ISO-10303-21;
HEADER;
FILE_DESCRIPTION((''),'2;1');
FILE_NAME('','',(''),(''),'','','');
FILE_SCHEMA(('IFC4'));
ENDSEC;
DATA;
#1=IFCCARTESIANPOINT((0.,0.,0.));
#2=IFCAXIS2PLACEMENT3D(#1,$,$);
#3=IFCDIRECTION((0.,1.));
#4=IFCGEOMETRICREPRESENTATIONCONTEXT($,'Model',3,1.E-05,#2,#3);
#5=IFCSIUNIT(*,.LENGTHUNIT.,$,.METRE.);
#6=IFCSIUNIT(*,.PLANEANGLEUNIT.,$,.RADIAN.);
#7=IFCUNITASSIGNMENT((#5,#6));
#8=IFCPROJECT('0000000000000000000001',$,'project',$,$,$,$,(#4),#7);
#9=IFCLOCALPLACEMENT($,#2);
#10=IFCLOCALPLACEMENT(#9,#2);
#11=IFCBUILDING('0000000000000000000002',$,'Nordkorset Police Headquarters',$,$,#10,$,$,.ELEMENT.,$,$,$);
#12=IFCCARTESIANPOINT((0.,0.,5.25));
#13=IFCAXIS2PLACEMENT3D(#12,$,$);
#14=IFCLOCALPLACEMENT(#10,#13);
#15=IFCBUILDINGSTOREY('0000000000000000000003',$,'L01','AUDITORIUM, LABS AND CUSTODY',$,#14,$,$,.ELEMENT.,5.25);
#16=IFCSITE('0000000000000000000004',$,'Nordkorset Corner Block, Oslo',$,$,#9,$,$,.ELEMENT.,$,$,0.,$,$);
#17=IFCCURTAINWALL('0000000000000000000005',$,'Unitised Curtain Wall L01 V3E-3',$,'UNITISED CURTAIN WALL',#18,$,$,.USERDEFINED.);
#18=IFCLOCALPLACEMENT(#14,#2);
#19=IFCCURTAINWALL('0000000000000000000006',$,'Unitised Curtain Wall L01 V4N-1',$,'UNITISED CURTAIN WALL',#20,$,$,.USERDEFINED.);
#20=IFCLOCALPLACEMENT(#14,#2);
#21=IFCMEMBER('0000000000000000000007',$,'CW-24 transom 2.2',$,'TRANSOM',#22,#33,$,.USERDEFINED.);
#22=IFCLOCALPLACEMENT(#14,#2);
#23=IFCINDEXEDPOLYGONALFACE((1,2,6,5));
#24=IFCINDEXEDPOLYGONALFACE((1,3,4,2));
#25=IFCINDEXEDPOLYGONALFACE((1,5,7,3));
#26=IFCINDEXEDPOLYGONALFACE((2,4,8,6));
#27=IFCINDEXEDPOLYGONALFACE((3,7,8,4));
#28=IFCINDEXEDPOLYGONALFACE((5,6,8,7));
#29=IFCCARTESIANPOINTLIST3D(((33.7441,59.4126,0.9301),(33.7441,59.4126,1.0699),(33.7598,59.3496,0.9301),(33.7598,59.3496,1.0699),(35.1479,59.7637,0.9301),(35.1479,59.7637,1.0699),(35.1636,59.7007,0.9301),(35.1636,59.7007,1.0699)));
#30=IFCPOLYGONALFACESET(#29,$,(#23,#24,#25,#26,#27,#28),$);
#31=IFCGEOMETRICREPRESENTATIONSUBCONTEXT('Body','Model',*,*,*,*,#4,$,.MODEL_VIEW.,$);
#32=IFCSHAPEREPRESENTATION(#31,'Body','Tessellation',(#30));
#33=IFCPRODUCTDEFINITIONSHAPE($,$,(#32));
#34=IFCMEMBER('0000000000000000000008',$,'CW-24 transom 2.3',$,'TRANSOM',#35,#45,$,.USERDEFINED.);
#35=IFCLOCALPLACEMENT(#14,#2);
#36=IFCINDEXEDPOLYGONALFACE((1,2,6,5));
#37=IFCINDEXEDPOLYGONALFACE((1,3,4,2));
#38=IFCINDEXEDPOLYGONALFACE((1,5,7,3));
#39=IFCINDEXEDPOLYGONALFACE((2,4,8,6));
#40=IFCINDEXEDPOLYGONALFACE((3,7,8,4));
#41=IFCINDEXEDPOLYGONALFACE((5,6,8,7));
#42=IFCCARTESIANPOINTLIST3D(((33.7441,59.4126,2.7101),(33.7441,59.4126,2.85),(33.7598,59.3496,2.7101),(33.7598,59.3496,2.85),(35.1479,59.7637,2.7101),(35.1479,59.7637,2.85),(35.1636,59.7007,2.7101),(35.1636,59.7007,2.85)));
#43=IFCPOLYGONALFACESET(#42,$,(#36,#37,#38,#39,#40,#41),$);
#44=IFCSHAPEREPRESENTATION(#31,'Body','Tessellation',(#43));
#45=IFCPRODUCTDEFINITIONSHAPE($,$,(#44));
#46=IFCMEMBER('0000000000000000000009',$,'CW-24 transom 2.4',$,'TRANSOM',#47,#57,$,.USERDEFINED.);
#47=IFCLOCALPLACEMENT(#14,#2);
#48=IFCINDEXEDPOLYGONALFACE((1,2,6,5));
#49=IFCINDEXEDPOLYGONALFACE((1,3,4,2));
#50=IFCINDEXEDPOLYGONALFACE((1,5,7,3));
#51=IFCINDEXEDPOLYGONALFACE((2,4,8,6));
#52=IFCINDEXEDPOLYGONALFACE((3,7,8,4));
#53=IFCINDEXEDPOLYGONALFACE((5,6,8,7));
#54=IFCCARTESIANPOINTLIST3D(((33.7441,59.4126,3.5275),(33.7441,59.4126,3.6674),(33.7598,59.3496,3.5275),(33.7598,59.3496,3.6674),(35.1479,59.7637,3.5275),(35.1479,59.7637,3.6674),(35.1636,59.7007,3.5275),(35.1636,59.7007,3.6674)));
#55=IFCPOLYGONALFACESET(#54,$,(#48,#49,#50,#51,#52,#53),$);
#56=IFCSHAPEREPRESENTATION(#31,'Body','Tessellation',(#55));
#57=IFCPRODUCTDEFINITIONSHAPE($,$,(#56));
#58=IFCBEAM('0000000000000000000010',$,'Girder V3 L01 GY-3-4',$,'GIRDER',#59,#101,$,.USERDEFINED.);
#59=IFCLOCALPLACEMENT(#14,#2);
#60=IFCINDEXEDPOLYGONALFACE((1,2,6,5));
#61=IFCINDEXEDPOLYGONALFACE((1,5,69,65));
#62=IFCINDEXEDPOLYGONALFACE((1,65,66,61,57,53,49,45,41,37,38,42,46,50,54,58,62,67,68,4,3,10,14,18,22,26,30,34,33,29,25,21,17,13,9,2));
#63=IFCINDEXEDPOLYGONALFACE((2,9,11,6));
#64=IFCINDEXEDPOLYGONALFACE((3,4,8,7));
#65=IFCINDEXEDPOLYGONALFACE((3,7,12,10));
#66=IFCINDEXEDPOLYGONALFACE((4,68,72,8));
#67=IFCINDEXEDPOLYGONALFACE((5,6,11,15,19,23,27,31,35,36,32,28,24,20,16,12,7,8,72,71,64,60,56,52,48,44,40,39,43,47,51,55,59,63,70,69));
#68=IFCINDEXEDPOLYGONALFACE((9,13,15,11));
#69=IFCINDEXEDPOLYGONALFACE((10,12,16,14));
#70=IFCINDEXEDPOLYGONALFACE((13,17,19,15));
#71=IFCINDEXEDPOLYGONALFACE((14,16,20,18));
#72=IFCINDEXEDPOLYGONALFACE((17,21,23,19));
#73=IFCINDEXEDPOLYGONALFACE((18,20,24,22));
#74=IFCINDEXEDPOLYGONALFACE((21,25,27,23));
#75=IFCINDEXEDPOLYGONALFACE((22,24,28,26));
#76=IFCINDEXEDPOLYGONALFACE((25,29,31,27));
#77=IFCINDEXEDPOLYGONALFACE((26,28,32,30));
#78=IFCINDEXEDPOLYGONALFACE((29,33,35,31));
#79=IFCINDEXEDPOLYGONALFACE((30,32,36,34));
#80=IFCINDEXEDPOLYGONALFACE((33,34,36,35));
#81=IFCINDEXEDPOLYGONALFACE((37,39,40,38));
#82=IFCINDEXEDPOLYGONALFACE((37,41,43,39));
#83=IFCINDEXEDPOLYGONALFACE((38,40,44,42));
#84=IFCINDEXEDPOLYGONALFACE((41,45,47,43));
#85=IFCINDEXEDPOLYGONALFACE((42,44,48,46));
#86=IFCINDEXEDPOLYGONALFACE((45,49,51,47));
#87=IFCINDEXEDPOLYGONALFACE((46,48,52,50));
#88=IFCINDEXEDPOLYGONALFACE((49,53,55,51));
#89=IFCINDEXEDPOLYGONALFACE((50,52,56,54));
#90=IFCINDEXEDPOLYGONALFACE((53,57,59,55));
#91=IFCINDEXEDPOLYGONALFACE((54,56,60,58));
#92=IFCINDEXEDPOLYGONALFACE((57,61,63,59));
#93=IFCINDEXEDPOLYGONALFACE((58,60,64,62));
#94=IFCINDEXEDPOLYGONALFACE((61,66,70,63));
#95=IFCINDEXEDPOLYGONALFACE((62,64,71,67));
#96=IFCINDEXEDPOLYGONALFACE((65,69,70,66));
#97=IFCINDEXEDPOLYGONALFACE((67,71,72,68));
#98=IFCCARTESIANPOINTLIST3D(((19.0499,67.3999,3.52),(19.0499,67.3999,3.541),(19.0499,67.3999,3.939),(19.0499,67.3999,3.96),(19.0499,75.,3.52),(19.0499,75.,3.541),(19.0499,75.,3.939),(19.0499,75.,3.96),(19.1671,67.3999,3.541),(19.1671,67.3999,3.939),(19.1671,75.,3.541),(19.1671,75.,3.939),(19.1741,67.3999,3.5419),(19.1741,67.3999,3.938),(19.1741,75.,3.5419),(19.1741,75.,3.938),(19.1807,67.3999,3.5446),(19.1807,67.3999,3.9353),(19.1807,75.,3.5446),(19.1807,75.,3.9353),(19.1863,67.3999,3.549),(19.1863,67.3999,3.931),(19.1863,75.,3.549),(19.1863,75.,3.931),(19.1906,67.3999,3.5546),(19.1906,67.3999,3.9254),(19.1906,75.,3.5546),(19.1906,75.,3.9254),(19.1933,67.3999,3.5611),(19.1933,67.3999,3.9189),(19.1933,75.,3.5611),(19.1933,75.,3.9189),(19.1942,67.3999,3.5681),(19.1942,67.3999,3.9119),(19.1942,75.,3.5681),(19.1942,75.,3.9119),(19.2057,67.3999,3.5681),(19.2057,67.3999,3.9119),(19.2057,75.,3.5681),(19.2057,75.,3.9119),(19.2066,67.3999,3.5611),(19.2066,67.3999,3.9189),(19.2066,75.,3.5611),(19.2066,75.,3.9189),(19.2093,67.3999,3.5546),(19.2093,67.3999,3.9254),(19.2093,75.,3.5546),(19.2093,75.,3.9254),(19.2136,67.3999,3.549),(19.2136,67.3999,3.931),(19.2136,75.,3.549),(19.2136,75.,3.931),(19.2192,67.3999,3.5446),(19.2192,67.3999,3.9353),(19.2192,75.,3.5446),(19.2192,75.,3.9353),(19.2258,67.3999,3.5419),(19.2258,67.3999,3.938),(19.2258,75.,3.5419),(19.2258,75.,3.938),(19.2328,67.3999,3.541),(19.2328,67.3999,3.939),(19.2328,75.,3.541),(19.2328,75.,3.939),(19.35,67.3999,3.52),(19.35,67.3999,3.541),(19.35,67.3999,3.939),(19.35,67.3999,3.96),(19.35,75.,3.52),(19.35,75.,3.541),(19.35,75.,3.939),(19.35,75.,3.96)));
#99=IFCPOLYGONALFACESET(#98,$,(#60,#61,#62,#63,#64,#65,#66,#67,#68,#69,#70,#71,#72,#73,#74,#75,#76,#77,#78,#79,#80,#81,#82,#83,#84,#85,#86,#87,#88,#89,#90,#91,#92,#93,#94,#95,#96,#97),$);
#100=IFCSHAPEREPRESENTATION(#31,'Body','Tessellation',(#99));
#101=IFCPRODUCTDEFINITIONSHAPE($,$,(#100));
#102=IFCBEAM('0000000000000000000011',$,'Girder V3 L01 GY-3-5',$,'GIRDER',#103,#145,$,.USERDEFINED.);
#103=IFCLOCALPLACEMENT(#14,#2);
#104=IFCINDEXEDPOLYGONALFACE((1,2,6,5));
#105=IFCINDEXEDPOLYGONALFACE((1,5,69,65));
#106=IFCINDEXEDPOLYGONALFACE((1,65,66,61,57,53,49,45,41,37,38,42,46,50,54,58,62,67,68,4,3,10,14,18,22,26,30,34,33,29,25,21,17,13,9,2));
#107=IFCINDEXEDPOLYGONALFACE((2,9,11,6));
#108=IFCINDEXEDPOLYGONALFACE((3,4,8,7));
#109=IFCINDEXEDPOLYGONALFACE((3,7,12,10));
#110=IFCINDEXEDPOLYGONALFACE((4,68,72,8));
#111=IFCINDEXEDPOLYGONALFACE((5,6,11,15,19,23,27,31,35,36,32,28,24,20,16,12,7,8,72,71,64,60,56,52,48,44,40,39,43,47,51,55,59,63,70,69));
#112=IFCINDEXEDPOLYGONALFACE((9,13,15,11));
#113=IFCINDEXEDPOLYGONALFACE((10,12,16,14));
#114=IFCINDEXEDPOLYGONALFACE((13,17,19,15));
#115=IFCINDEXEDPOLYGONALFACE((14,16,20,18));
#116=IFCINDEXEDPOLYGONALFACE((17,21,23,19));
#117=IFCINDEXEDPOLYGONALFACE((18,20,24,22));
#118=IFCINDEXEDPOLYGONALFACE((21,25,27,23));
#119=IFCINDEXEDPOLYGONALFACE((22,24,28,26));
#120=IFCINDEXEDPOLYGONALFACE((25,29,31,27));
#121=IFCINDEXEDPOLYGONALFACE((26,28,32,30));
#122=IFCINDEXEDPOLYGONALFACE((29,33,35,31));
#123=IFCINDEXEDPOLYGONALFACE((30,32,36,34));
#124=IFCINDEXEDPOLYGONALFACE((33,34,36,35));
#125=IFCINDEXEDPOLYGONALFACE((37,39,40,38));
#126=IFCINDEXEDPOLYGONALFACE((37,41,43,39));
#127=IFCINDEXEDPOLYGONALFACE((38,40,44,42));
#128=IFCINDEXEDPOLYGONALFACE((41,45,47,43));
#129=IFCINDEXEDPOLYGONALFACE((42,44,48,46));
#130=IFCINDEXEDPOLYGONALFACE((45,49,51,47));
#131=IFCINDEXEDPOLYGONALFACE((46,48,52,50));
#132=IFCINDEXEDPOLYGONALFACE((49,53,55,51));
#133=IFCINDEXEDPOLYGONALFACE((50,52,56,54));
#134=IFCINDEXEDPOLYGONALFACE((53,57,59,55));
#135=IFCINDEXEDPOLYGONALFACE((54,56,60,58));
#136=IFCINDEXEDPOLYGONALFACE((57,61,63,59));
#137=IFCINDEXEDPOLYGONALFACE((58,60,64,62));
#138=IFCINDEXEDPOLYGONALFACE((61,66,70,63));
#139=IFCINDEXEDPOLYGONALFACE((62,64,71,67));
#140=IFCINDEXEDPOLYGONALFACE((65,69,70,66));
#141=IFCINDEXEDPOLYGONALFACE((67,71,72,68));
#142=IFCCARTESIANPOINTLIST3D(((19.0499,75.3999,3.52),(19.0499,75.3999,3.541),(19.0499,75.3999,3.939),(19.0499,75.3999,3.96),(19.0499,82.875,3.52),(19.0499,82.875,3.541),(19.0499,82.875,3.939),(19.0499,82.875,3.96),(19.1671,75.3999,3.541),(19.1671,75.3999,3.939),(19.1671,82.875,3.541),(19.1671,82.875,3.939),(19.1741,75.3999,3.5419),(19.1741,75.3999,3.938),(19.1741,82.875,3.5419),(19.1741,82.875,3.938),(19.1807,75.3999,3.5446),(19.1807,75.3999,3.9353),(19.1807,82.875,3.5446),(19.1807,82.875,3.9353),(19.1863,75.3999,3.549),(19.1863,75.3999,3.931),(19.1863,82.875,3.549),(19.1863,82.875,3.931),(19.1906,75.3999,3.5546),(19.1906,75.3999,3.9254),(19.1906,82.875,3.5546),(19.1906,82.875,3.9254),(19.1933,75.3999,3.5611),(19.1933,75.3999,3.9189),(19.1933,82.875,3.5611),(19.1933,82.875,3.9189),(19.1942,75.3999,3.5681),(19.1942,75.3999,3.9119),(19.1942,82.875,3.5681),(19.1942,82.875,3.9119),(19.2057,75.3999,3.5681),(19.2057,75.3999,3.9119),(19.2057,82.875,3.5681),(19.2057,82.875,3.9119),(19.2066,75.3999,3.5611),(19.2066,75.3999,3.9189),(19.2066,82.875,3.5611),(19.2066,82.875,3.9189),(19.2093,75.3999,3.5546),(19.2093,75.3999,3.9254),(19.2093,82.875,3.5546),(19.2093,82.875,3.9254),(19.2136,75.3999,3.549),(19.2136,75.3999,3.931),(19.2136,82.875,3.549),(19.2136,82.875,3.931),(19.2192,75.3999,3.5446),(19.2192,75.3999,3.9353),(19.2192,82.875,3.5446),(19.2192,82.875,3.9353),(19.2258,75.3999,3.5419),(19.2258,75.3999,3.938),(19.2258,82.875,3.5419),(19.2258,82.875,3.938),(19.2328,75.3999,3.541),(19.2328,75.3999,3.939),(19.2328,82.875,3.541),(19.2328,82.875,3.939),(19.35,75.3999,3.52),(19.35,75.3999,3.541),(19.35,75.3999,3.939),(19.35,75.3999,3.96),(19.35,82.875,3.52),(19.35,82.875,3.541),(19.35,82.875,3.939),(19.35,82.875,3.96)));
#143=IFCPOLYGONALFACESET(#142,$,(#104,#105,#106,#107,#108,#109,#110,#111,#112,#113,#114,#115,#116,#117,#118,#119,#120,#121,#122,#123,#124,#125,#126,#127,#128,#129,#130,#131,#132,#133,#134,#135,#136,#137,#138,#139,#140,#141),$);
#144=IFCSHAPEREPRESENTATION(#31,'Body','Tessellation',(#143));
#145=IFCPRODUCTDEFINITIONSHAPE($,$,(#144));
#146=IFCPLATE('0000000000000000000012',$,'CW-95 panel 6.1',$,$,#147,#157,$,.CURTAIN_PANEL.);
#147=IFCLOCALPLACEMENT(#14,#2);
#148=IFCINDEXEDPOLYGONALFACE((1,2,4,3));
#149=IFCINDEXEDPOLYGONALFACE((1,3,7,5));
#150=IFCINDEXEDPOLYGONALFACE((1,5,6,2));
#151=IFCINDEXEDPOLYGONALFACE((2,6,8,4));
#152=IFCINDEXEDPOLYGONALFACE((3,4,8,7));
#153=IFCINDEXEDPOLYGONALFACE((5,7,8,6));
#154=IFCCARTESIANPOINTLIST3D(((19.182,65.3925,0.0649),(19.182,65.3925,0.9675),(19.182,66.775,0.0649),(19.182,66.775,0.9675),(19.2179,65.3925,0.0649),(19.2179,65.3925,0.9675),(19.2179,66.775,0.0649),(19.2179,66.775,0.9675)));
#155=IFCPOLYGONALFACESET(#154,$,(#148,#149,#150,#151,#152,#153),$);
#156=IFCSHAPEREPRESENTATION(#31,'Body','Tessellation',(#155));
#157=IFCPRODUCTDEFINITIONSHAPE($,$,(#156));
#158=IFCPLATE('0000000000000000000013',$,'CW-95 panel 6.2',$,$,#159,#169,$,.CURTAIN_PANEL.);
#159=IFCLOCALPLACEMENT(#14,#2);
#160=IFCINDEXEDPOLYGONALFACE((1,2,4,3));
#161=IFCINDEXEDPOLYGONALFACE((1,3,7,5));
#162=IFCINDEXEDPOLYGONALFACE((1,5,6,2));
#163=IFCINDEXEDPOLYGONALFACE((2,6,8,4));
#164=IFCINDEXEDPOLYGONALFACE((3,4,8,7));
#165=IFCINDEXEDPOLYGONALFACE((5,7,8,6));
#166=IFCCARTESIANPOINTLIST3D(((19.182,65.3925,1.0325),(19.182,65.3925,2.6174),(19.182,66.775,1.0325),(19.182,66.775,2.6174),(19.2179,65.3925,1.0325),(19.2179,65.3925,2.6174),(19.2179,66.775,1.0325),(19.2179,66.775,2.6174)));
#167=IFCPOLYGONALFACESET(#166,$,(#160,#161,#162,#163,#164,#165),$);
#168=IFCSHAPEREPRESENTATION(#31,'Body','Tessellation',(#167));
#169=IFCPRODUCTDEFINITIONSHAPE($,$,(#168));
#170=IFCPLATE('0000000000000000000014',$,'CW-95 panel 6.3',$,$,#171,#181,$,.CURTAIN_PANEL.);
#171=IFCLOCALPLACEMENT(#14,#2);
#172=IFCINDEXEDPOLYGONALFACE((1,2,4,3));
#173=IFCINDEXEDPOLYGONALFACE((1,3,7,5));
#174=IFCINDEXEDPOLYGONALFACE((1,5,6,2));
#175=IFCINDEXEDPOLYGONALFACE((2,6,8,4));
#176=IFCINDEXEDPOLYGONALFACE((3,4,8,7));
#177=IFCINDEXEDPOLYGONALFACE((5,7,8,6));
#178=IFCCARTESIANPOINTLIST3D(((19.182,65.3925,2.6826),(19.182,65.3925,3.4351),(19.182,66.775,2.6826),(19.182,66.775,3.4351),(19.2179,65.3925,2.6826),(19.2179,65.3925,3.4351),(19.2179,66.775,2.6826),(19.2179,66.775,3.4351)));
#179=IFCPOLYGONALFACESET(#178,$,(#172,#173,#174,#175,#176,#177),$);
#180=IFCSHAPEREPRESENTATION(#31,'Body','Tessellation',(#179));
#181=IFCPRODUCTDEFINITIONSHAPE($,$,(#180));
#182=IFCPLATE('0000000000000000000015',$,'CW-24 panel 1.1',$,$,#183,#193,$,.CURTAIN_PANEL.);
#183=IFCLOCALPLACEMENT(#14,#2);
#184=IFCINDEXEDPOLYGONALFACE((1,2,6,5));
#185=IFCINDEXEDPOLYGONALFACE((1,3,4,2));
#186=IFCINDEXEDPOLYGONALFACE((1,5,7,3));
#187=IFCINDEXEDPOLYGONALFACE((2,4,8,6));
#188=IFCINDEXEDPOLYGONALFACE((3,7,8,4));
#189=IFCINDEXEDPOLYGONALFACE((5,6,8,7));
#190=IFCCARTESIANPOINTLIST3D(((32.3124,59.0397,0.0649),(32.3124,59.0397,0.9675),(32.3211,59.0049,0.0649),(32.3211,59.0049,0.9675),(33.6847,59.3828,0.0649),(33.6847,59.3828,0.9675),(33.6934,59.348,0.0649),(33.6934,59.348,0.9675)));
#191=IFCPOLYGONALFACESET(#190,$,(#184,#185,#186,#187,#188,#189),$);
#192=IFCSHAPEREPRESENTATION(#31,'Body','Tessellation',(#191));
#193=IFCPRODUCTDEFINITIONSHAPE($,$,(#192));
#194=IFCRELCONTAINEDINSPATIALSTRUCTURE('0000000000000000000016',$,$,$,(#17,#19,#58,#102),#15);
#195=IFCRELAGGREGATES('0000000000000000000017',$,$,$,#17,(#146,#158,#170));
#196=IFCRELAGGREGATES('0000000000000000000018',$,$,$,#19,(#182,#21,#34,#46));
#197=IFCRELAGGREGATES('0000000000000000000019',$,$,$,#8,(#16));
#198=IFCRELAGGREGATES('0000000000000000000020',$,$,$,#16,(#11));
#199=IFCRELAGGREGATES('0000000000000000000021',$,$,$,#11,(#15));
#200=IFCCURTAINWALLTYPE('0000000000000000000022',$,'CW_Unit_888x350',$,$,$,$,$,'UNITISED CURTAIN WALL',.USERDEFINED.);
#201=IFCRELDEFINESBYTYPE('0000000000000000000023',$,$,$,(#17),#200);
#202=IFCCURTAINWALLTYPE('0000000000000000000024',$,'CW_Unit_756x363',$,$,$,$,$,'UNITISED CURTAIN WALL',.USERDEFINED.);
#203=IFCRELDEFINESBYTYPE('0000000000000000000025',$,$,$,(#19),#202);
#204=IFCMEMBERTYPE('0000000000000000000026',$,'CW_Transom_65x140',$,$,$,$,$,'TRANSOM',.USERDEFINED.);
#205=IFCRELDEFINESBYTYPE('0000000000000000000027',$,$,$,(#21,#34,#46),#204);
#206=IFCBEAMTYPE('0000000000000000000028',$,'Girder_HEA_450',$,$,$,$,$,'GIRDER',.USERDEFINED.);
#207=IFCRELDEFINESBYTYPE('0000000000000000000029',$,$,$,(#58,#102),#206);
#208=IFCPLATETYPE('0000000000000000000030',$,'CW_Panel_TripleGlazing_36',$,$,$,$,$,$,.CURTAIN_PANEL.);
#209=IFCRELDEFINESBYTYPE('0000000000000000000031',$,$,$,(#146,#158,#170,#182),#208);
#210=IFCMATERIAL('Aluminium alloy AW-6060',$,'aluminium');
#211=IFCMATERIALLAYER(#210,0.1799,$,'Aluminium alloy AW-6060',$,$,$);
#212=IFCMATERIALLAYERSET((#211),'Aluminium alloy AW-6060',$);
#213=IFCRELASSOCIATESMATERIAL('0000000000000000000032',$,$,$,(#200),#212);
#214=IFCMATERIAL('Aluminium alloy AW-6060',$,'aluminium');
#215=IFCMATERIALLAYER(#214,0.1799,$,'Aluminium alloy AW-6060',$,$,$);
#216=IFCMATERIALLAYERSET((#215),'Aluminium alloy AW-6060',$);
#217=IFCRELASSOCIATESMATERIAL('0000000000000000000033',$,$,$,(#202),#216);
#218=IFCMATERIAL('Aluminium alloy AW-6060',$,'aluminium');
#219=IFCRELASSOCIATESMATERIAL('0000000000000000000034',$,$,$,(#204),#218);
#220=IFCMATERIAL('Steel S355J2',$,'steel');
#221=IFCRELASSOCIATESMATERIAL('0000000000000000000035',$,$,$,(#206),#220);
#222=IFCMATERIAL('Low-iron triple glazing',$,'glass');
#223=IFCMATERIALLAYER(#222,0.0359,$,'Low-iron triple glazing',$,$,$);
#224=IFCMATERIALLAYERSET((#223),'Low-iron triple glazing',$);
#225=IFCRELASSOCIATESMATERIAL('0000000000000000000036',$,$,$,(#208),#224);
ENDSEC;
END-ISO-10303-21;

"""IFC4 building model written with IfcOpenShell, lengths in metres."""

from ifc_helpers import new_model, si_unit, direction, frame, origin, origin_2d, place, context, subcontext, project, spatial, rectangle, i_section, extrude, material, layer, layer_set, material_profile, profile_set, type_object, element, aggregate, save


model = new_model("IFC4")

# Units and contexts
model_context = context("Model", 3, precision=1e-05, world=origin(), true_north=direction((0.0, 1.0)))
body_context = subcontext(model_context, "Body", "Model", "MODEL_VIEW")
ifc_project = project(units=[si_unit("LENGTHUNIT", "METRE"), si_unit("PLANEANGLEUNIT", "RADIAN")], contexts=[model_context])

# Site, building, storey
site_placement = place(None, origin())
site = spatial("IfcSite", under=ifc_project, at=site_placement, Name="Nordkorset Corner Block, Oslo", CompositionType="ELEMENT", RefElevation=0.0)
building_placement = place(site_placement, origin())
building = spatial("IfcBuilding", under=site, at=building_placement, Name="Nordkorset Police Headquarters", CompositionType="ELEMENT")
storey_placement = place(building_placement, frame((0.0, 0.0, 5.25)))
storey = spatial("IfcBuildingStorey", under=building, at=storey_placement, Name="L01", Description="AUDITORIUM, LABS AND CUSTODY", CompositionType="ELEMENT", Elevation=5.25)

# Curtain walls
ifc_material_1 = material(Name="Aluminium alloy AW-6060", Category="aluminium")
ifc_layer_1 = layer(ifc_material_1, 0.1799, Name="Aluminium alloy AW-6060")
ifc_layer_set_1 = layer_set([ifc_layer_1], Name="Aluminium alloy AW-6060")
curtain_wall_type_1 = type_object("IfcCurtainWallType", Name="CW_Unit_888x350", ElementType="UNITISED CURTAIN WALL", PredefinedType="USERDEFINED", material=ifc_layer_set_1)
curtain_wall_1_placement = place(storey_placement, origin())
curtain_wall_1 = element("IfcCurtainWall", 1, at=curtain_wall_1_placement, inside=storey, type_object=curtain_wall_type_1, Name="Unitised Curtain Wall L01 V3E-3", ObjectType="UNITISED CURTAIN WALL", PredefinedType="USERDEFINED")
ifc_material_2 = material(Name="Aluminium alloy AW-6060", Category="aluminium")
ifc_layer_2 = layer(ifc_material_2, 0.1799, Name="Aluminium alloy AW-6060")
ifc_layer_set_2 = layer_set([ifc_layer_2], Name="Aluminium alloy AW-6060")
curtain_wall_type_2 = type_object("IfcCurtainWallType", Name="CW_Unit_756x363", ElementType="UNITISED CURTAIN WALL", PredefinedType="USERDEFINED", material=ifc_layer_set_2)
curtain_wall_2_placement = place(storey_placement, origin())
curtain_wall_2 = element("IfcCurtainWall", 2, at=curtain_wall_2_placement, inside=storey, type_object=curtain_wall_type_2, Name="Unitised Curtain Wall L01 V4N-1", ObjectType="UNITISED CURTAIN WALL", PredefinedType="USERDEFINED")

# Members
ifc_material_3 = material(Name="Aluminium alloy AW-6060", Category="aluminium")
ifc_material_profile_1 = material_profile(ifc_material_3, rectangle(XDim=0.0649, YDim=0.1399, at=origin_2d()), Name="ALU TRAN 65x140")
ifc_profile_set_1 = profile_set([ifc_material_profile_1], Name="Aluminium alloy AW-6060")
member_type_1 = type_object("IfcMemberType", Name="CW_Transom_65x140", ElementType="TRANSOM", PredefinedType="USERDEFINED", material=ifc_profile_set_1)
member_1_placement = place(storey_placement, frame((33.752, 59.3811, 1.0), z_axis=(0.970123, 0.242615, 0.0), x_axis=(-0.242615, 0.970123, 0.0)))
member_1 = element("IfcMember", 3, at=member_1_placement, type_object=member_type_1, Name="CW-24 transom 2.2", ObjectType="TRANSOM", PredefinedType="USERDEFINED", context=body_context, shape_type="SweptSolid", body=[
    extrude(rectangle(XDim=0.0649, YDim=0.1399, at=origin_2d()), origin(), (0.0, 0.0, 1.0), 1.447),
])
member_2_placement = place(storey_placement, frame((33.752, 59.3811, 2.78), z_axis=(0.970123, 0.242615, 0.0), x_axis=(-0.242615, 0.970123, 0.0)))
member_2 = element("IfcMember", 4, at=member_2_placement, type_object=member_type_1, Name="CW-24 transom 2.3", ObjectType="TRANSOM", PredefinedType="USERDEFINED", context=body_context, shape_type="SweptSolid", body=[
    extrude(rectangle(XDim=0.0649, YDim=0.1399, at=origin_2d()), origin(), (0.0, 0.0, 1.0), 1.447),
])
member_3_placement = place(storey_placement, frame((33.752, 59.3811, 3.5974), z_axis=(0.970123, 0.242615, 0.0), x_axis=(-0.242615, 0.970123, 0.0)))
member_3 = element("IfcMember", 5, at=member_3_placement, type_object=member_type_1, Name="CW-24 transom 2.4", ObjectType="TRANSOM", PredefinedType="USERDEFINED", context=body_context, shape_type="SweptSolid", body=[
    extrude(rectangle(XDim=0.0649, YDim=0.1399, at=origin_2d()), origin(), (0.0, 0.0, 1.0), 1.447),
])

# Beams
ifc_material_4 = material(Name="Steel S355J2", Category="steel")
ifc_material_profile_2 = material_profile(ifc_material_4, i_section(OverallWidth=0.3, OverallDepth=0.4399, WebThickness=0.0115, FlangeThickness=0.021, FilletRadius=0.0271, at=origin_2d()), Name="HEA 450")
ifc_profile_set_2 = profile_set([ifc_material_profile_2], Name="Steel S355J2")
beam_type = type_object("IfcBeamType", Name="Girder_HEA_450", ElementType="GIRDER", PredefinedType="USERDEFINED", material=ifc_profile_set_2)
beam_1_placement = place(storey_placement, frame((19.2, 67.3999, 3.74), z_axis=(0.0, 1.0, 0.0), x_axis=(-1.0, 0.0, 0.0)))
element("IfcBeam", 6, at=beam_1_placement, inside=storey, type_object=beam_type, Name="Girder V3 L01 GY-3-4", ObjectType="GIRDER", PredefinedType="USERDEFINED", context=body_context, shape_type="SweptSolid", body=[
    extrude(i_section(OverallWidth=0.3, OverallDepth=0.4399, WebThickness=0.0115, FlangeThickness=0.021, FilletRadius=0.0271, at=origin_2d()), origin(), (0.0, 0.0, 1.0), 7.6001),
])
beam_2_placement = place(storey_placement, frame((19.2, 75.3999, 3.74), z_axis=(0.0, 1.0, 0.0), x_axis=(-1.0, 0.0, 0.0)))
element("IfcBeam", 7, at=beam_2_placement, inside=storey, type_object=beam_type, Name="Girder V3 L01 GY-3-5", ObjectType="GIRDER", PredefinedType="USERDEFINED", context=body_context, shape_type="SweptSolid", body=[
    extrude(i_section(OverallWidth=0.3, OverallDepth=0.4399, WebThickness=0.0115, FlangeThickness=0.021, FilletRadius=0.0271, at=origin_2d()), origin(), (0.0, 0.0, 1.0), 7.4751),
])

# Plates
ifc_material_5 = material(Name="Low-iron triple glazing", Category="glass")
ifc_layer_3 = layer(ifc_material_5, 0.0359, Name="Low-iron triple glazing")
ifc_layer_set_3 = layer_set([ifc_layer_3], Name="Low-iron triple glazing")
plate_type = type_object("IfcPlateType", Name="CW_Panel_TripleGlazing_36", PredefinedType="CURTAIN_PANEL", material=ifc_layer_set_3)
plate_1_placement = place(storey_placement, frame((19.2, 66.0837, 0.0649), z_axis=(0.0, 0.0, 1.0), x_axis=(0.0, 1.0, 0.0)))
plate_1 = element("IfcPlate", 8, at=plate_1_placement, type_object=plate_type, Name="CW-95 panel 6.1", PredefinedType="CURTAIN_PANEL", context=body_context, shape_type="SweptSolid", body=[
    extrude(rectangle(XDim=1.3826, YDim=0.0359, at=origin_2d()), origin(), (0.0, 0.0, 1.0), 0.9026),
])
plate_2_placement = place(storey_placement, frame((19.2, 66.0837, 1.0325), z_axis=(0.0, 0.0, 1.0), x_axis=(0.0, 1.0, 0.0)))
plate_2 = element("IfcPlate", 9, at=plate_2_placement, type_object=plate_type, Name="CW-95 panel 6.2", PredefinedType="CURTAIN_PANEL", context=body_context, shape_type="SweptSolid", body=[
    extrude(rectangle(XDim=1.3826, YDim=0.0359, at=origin_2d()), origin(), (0.0, 0.0, 1.0), 1.585),
])
plate_3_placement = place(storey_placement, frame((19.2, 66.0837, 2.6826), z_axis=(0.0, 0.0, 1.0), x_axis=(0.0, 1.0, 0.0)))
plate_3 = element("IfcPlate", 10, at=plate_3_placement, type_object=plate_type, Name="CW-95 panel 6.3", PredefinedType="CURTAIN_PANEL", context=body_context, shape_type="SweptSolid", body=[
    extrude(rectangle(XDim=1.3826, YDim=0.0359, at=origin_2d()), origin(), (0.0, 0.0, 1.0), 0.7524),
])
aggregate(curtain_wall_1, [plate_1, plate_2, plate_3])
plate_4_placement = place(storey_placement, frame((33.0029, 59.1938, 0.0649), z_axis=(0.0, 0.0, 1.0), x_axis=(0.970143, 0.242536, 0.0)))
plate_4 = element("IfcPlate", 11, at=plate_4_placement, type_object=plate_type, Name="CW-24 panel 1.1", PredefinedType="CURTAIN_PANEL", context=body_context, shape_type="SweptSolid", body=[
    extrude(rectangle(XDim=1.4146, YDim=0.0359, at=origin_2d()), origin(), (0.0, 0.0, 1.0), 0.9026),
])
aggregate(curtain_wall_2, [plate_4, member_1, member_2, member_3])

save(model, "model.ifc")
